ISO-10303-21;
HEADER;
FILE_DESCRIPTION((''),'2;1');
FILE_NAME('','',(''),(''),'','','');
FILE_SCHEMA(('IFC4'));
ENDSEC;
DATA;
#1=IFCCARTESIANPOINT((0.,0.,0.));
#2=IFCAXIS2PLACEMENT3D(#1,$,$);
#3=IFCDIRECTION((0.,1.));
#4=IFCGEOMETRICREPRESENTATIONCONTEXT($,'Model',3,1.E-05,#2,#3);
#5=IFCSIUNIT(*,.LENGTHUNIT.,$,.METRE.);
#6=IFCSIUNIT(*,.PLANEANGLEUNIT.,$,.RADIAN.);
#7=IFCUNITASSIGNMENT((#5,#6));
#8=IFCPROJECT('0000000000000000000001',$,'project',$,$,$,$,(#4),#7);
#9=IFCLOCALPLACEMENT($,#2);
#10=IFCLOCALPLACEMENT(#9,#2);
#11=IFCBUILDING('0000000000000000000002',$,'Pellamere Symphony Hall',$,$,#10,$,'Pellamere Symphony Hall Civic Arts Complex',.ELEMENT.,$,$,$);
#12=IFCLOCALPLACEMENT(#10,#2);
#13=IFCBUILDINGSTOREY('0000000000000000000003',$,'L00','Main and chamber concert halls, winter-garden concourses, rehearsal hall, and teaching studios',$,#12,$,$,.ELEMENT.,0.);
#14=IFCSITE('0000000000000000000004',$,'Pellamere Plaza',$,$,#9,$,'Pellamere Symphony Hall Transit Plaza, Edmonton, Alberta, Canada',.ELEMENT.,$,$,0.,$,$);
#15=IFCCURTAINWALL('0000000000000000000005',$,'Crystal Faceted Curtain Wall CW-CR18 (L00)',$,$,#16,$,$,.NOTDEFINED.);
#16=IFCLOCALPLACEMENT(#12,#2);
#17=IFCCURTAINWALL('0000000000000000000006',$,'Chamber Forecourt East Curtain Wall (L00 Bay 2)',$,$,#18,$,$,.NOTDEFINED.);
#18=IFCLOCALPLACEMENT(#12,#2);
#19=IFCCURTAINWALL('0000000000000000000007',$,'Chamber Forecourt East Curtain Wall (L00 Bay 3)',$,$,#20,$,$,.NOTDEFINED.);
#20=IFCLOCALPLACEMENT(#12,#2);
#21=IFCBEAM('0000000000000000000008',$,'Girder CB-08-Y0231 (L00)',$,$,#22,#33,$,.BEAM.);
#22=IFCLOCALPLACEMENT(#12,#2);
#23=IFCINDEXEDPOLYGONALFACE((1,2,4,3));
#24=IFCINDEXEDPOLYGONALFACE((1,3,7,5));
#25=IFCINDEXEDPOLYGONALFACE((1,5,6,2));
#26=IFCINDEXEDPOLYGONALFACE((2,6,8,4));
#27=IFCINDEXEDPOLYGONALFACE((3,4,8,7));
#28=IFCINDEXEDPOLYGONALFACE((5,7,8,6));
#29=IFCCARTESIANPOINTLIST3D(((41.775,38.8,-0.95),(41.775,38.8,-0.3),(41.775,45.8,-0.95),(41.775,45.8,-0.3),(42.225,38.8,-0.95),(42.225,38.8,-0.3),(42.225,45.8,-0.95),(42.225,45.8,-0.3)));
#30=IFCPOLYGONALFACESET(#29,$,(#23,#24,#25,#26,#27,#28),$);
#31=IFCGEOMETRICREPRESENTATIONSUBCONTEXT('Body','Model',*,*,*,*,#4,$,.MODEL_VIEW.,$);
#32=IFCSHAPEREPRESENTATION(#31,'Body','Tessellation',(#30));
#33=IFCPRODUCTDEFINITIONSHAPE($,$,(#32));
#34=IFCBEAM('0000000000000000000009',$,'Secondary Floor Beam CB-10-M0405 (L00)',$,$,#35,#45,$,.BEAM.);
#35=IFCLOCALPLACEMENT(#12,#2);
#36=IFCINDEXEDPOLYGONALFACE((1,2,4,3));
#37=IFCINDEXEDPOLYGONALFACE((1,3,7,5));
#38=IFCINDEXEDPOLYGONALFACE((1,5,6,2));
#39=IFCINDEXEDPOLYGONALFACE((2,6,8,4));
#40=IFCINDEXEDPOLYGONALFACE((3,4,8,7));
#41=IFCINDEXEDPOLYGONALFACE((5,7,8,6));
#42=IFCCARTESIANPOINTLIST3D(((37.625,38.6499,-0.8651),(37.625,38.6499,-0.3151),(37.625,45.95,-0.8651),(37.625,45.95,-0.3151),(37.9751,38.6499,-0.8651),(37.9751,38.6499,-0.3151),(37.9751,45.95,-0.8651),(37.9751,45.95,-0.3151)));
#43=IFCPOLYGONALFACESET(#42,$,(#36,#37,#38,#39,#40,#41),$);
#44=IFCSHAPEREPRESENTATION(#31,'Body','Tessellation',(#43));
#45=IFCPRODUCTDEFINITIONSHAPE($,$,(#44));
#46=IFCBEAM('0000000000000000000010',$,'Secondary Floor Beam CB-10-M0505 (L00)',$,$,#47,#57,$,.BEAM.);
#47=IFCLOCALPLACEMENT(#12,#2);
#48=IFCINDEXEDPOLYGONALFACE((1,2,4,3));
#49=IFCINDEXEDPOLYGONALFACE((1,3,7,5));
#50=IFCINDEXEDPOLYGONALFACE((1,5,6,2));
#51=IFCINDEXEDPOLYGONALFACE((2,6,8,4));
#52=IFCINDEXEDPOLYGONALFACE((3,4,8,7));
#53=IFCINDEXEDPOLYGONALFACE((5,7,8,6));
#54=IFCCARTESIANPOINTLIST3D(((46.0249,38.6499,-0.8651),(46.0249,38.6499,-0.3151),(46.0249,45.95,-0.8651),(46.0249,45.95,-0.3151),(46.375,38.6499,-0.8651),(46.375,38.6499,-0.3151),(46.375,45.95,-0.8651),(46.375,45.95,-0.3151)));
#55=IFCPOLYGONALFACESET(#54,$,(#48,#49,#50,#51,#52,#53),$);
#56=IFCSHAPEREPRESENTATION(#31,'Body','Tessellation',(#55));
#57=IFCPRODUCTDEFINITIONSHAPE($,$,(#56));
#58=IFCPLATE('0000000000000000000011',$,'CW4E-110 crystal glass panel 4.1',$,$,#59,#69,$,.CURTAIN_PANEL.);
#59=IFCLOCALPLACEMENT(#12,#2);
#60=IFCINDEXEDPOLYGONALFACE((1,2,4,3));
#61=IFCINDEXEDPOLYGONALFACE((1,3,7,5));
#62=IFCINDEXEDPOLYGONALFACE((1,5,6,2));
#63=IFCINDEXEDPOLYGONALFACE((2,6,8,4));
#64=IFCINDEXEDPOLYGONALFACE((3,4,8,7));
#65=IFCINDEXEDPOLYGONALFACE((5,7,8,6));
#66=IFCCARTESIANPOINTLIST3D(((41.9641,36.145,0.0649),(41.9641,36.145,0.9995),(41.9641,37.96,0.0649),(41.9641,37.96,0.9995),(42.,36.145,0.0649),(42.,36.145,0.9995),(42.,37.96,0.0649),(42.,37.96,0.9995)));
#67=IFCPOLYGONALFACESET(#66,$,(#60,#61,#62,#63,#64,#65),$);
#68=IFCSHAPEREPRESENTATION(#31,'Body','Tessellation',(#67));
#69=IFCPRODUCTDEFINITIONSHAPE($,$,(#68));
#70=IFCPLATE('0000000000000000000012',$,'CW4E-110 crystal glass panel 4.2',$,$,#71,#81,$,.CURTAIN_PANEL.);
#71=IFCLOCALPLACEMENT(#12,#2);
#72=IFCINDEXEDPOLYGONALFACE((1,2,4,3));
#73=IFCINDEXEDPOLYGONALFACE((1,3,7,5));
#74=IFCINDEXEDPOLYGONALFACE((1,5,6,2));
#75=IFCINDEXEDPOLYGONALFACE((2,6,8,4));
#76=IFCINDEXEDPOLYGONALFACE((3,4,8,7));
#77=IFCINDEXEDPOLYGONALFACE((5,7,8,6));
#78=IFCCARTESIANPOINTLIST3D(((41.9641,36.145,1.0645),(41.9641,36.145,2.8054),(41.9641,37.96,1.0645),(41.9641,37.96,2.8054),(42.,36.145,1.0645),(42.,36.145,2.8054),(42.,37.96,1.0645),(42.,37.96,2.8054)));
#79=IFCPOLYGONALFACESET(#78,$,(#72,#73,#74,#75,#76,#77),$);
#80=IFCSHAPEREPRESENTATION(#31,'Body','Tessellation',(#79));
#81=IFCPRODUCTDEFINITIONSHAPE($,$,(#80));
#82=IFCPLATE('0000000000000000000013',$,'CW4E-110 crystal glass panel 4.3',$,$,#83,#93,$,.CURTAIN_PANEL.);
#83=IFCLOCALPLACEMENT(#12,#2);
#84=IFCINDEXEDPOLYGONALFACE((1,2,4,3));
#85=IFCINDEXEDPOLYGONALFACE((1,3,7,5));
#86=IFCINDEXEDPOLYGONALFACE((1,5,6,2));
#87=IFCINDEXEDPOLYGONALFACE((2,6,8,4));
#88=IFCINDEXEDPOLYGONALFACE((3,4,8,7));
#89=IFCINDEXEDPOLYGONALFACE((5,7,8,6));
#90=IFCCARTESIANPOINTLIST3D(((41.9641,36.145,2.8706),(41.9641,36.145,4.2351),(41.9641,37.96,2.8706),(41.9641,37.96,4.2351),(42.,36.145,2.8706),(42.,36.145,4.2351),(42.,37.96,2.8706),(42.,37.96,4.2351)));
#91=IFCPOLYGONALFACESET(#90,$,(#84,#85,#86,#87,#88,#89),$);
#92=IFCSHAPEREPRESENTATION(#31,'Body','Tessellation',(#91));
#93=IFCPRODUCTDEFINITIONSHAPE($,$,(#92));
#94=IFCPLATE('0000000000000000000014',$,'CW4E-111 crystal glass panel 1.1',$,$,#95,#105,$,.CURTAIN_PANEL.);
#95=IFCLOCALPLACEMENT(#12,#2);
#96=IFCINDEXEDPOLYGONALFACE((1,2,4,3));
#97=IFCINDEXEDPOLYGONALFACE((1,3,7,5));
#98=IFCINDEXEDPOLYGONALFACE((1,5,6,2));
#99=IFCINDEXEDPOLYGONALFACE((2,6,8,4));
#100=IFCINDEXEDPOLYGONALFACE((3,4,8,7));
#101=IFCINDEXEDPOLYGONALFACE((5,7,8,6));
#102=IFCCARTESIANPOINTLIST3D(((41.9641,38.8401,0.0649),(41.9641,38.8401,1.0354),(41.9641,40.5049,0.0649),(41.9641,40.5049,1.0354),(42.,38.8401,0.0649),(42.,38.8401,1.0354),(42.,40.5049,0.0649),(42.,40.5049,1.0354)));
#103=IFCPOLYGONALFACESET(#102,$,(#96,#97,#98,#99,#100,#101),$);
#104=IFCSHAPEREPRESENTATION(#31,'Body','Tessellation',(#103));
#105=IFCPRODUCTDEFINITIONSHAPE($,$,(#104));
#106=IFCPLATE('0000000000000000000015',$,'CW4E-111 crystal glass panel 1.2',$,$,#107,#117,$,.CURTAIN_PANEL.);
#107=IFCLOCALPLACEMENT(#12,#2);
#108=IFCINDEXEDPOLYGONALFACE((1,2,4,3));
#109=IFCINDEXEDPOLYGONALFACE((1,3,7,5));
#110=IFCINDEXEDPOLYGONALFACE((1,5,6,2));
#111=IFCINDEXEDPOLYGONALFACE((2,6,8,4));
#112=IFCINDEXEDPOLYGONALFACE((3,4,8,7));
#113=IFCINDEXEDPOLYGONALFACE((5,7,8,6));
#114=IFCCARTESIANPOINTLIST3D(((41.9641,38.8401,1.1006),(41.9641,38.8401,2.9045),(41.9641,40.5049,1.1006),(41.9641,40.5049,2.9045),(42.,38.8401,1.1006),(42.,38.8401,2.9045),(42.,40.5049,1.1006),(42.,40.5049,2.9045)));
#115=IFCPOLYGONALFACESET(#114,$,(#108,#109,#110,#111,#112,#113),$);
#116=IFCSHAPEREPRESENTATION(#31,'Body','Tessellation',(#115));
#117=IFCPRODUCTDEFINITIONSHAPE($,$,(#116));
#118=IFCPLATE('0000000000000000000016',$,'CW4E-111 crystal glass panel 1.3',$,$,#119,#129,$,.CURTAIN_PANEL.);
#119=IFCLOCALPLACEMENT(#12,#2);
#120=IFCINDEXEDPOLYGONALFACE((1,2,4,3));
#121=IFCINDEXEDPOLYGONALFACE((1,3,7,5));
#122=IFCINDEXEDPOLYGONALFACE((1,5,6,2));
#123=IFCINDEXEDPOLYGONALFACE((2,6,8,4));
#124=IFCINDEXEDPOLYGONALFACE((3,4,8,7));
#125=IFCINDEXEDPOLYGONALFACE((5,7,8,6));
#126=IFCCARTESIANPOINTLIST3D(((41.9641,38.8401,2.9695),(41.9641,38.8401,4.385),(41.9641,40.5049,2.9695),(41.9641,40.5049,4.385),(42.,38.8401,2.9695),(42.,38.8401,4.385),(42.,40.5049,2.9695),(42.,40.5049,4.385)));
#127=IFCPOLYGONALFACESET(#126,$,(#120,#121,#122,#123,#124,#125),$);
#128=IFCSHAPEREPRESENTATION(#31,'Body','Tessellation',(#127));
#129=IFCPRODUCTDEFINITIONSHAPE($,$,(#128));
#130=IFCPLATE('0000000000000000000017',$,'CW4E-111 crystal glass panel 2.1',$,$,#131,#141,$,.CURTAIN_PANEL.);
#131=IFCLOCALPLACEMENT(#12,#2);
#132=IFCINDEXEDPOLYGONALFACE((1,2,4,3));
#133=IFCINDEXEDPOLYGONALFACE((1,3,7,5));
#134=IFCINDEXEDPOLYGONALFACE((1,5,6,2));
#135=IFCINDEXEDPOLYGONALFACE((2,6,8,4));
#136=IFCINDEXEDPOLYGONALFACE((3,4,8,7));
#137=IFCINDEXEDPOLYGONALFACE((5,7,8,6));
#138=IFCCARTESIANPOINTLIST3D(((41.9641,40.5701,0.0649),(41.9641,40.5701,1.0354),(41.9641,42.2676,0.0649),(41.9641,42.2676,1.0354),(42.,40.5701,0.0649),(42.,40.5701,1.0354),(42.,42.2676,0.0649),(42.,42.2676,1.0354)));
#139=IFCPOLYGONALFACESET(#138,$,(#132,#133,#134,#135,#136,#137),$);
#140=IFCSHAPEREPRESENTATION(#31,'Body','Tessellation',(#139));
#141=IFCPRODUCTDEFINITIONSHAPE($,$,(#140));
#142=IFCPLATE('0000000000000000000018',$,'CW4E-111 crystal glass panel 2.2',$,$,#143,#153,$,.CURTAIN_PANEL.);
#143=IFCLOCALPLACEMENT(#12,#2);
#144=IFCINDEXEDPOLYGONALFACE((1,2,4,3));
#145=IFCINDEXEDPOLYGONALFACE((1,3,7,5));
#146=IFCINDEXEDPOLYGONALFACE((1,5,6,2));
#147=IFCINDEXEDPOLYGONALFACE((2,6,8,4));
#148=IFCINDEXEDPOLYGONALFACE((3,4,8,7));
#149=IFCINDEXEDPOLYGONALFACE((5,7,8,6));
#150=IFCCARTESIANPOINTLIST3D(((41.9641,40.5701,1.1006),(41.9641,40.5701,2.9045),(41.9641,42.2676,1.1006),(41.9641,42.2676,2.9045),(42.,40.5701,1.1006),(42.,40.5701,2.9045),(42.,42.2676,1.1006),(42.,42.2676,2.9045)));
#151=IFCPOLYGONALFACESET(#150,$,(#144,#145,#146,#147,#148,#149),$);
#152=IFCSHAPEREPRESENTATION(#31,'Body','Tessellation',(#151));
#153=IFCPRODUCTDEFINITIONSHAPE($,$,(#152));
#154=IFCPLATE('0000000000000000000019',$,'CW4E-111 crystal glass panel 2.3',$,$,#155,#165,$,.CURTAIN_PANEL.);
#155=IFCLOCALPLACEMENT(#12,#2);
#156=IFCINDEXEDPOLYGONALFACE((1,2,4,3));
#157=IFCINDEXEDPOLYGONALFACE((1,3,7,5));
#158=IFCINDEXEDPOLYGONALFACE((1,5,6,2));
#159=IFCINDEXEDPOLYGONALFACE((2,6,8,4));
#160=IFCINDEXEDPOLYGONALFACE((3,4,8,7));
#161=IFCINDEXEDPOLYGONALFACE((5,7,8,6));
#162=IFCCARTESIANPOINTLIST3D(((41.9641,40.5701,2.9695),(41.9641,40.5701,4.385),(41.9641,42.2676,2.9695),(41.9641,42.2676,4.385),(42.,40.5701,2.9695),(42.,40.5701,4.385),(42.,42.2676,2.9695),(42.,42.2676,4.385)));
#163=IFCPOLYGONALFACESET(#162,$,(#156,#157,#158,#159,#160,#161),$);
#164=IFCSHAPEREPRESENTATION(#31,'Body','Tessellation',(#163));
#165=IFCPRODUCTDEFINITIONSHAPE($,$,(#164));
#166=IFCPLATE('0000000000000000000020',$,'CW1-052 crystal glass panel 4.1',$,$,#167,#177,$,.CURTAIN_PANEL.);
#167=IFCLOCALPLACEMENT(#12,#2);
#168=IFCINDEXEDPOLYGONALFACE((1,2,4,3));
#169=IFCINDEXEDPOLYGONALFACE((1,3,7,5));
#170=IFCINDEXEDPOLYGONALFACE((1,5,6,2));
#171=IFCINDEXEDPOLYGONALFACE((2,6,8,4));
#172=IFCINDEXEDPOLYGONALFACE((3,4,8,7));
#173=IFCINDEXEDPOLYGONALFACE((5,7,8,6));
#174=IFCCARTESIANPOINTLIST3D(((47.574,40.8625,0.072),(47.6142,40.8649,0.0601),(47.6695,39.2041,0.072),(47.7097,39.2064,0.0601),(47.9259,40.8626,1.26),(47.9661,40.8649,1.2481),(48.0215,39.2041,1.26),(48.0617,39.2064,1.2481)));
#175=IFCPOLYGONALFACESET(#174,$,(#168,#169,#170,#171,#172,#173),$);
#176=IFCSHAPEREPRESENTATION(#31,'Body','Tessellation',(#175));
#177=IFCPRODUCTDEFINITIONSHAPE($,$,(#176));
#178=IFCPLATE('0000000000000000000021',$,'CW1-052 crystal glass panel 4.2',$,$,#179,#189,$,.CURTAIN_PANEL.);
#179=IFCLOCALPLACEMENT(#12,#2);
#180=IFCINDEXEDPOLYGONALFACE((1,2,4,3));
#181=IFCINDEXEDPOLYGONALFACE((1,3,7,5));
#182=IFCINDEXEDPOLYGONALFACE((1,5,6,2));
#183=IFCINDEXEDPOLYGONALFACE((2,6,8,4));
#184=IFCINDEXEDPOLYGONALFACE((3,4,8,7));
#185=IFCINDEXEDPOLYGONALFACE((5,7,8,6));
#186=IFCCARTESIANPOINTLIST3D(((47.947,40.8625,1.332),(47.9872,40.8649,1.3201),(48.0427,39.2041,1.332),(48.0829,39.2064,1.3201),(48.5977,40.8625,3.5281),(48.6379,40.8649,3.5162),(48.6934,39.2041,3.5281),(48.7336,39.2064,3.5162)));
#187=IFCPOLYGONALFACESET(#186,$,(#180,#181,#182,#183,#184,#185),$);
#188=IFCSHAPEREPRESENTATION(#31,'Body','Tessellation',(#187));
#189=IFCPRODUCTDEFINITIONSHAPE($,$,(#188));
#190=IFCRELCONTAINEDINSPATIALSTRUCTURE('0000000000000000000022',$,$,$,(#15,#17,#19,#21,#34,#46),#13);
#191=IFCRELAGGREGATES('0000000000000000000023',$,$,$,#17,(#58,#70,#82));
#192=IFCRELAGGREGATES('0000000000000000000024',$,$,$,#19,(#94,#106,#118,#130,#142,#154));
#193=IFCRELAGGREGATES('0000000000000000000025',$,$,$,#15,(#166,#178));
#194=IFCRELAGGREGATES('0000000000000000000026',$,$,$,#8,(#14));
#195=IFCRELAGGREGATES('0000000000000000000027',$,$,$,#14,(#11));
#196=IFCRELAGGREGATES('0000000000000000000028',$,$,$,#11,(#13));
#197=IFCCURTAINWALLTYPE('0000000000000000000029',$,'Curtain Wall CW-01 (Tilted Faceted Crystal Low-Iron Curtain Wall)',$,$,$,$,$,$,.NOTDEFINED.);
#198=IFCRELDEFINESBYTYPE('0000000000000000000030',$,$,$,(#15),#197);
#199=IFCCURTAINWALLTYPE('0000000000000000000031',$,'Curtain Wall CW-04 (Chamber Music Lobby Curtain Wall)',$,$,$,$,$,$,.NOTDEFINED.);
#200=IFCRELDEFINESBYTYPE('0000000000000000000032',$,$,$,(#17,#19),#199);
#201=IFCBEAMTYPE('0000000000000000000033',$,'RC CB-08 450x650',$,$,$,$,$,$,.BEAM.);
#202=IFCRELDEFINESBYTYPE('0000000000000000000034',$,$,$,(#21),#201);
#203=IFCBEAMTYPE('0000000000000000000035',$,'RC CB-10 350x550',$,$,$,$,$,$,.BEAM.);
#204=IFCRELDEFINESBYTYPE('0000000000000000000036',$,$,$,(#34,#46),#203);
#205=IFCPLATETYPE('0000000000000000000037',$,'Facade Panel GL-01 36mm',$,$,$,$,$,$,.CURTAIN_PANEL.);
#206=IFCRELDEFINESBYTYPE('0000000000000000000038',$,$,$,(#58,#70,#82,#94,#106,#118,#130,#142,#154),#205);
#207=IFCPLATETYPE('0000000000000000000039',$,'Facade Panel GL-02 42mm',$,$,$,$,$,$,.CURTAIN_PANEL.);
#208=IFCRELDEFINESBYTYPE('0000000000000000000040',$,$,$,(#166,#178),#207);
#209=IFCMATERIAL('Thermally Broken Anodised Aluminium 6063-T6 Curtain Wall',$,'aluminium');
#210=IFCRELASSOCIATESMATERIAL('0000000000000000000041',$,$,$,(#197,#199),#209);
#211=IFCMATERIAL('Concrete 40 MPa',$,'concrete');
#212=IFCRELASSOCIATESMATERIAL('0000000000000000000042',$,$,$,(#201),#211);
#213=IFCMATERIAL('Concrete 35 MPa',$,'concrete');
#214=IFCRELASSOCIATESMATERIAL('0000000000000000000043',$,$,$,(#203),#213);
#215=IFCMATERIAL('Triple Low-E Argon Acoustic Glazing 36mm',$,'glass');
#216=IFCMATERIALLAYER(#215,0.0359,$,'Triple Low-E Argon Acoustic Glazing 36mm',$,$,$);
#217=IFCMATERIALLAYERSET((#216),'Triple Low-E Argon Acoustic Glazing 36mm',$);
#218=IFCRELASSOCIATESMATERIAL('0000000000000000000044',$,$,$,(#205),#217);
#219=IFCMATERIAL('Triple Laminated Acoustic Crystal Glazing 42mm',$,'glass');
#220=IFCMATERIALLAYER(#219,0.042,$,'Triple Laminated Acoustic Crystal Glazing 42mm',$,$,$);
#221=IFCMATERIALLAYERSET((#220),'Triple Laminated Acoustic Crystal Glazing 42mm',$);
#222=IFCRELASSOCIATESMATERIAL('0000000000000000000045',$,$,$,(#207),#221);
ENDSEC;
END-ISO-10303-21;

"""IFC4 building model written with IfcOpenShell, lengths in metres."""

from ifc_helpers import new_model, si_unit, direction, frame, origin, origin_2d, place, context, subcontext, project, spatial, polyline, rectangle, outline, extrude, material, layer, layer_set, material_profile, profile_set, type_object, element, aggregate, save


model = new_model("IFC4")

# Units and contexts
model_context = context("Model", 3, precision=1e-05, world=origin(), true_north=direction((0.0, 1.0)))
body_context = subcontext(model_context, "Body", "Model", "MODEL_VIEW")
ifc_project = project(units=[si_unit("LENGTHUNIT", "METRE"), si_unit("PLANEANGLEUNIT", "RADIAN")], contexts=[model_context])

# Site, building, storey
site_placement = place(None, origin())
site = spatial("IfcSite", under=ifc_project, at=site_placement, Name="Pellamere Plaza", LongName="Pellamere Symphony Hall Transit Plaza, Edmonton, Alberta, Canada", CompositionType="ELEMENT", RefElevation=0.0)
building_placement = place(site_placement, origin())
building = spatial("IfcBuilding", under=site, at=building_placement, Name="Pellamere Symphony Hall", LongName="Pellamere Symphony Hall Civic Arts Complex", CompositionType="ELEMENT")
storey_placement = place(building_placement, origin())
storey = spatial("IfcBuildingStorey", under=building, at=storey_placement, Name="L00", Description="Main and chamber concert halls, winter-garden concourses, rehearsal hall, and teaching studios", CompositionType="ELEMENT", Elevation=0.0)

# Shared definitions
ifc_material_1 = material(Name="Concrete 40 MPa", Category="concrete")

# Curtain wall
ifc_material_2 = material(Name="Thermally Broken Anodised Aluminium 6063-T6 Curtain Wall", Category="aluminium")
curtain_wall_type_1 = type_object("IfcCurtainWallType", Name="Curtain Wall CW-01 (Tilted Faceted Crystal Low-Iron Curtain Wall)", PredefinedType="NOTDEFINED", material=ifc_material_2)
curtain_wall_1_placement = place(storey_placement, origin())
curtain_wall_1 = element("IfcCurtainWall", 1, at=curtain_wall_1_placement, inside=storey, type_object=curtain_wall_type_1, Name="Crystal Faceted Curtain Wall CW-CR18 (L00)", PredefinedType="NOTDEFINED")

# Curtain wall
curtain_wall_type_2 = type_object("IfcCurtainWallType", Name="Curtain Wall CW-04 (Chamber Music Lobby Curtain Wall)", PredefinedType="NOTDEFINED", material=ifc_material_2)
curtain_wall_2_placement = place(storey_placement, origin())
curtain_wall_2 = element("IfcCurtainWall", 2, at=curtain_wall_2_placement, inside=storey, type_object=curtain_wall_type_2, Name="Chamber Forecourt East Curtain Wall (L00 Bay 2)", PredefinedType="NOTDEFINED")

# Curtain wall
curtain_wall_3_placement = place(storey_placement, origin())
curtain_wall_3 = element("IfcCurtainWall", 3, at=curtain_wall_3_placement, inside=storey, type_object=curtain_wall_type_2, Name="Chamber Forecourt East Curtain Wall (L00 Bay 3)", PredefinedType="NOTDEFINED")

# Beams
ifc_material_profile_1 = material_profile(ifc_material_1, rectangle(XDim=0.45, YDim=0.6499, at=origin_2d()), Name="RC 450x650")
ifc_profile_set_1 = profile_set([ifc_material_profile_1], Name="Concrete 40 MPa")
beam_type_1 = type_object("IfcBeamType", Name="RC CB-08 450x650", PredefinedType="BEAM", material=ifc_profile_set_1)
beam_1_placement = place(storey_placement, frame((42.0, 38.8, -0.625), z_axis=(0.0, 1.0, 0.0), x_axis=(-1.0, 0.0, 0.0)))
element("IfcBeam", 4, at=beam_1_placement, inside=storey, type_object=beam_type_1, Name="Girder CB-08-Y0231 (L00)", PredefinedType="BEAM", context=body_context, shape_type="SweptSolid", body=[
    extrude(rectangle(XDim=0.45, YDim=0.6499, at=origin_2d()), origin(), (0.0, 0.0, 1.0), 7.0),
])
ifc_material_3 = material(Name="Concrete 35 MPa", Category="concrete")
ifc_material_profile_2 = material_profile(ifc_material_3, rectangle(XDim=0.3501, YDim=0.55, at=origin_2d()), Name="RC 350x550")
ifc_profile_set_2 = profile_set([ifc_material_profile_2], Name="Concrete 35 MPa")
beam_type_2 = type_object("IfcBeamType", Name="RC CB-10 350x550", PredefinedType="BEAM", material=ifc_profile_set_2)
for number, where, z_axis, x_axis, name in (
    (5, (37.8, 38.6499, -0.5901), (0.0, 1.0, 0.0), (-1.0, 0.0, 0.0), "Secondary Floor Beam CB-10-M0405 (L00)"),
    (6, (46.2, 38.6499, -0.5901), (0.0, 1.0, 0.0), (-1.0, 0.0, 0.0), "Secondary Floor Beam CB-10-M0505 (L00)"),
):
    element("IfcBeam", number, at=place(storey_placement, frame(where, z_axis=z_axis, x_axis=x_axis)), inside=storey, type_object=beam_type_2, Name=name, PredefinedType="BEAM", context=body_context, shape_type="SweptSolid", body=[
        extrude(rectangle(XDim=0.3501, YDim=0.55, at=origin_2d()), origin(), (0.0, 0.0, 1.0), 7.3),
    ])

# Plates
ifc_material_4 = material(Name="Triple Low-E Argon Acoustic Glazing 36mm", Category="glass")
ifc_layer_1 = layer(ifc_material_4, 0.0359, Name="Triple Low-E Argon Acoustic Glazing 36mm")
ifc_layer_set_1 = layer_set([ifc_layer_1], Name="Triple Low-E Argon Acoustic Glazing 36mm")
plate_type_1 = type_object("IfcPlateType", Name="Facade Panel GL-01 36mm", PredefinedType="CURTAIN_PANEL", material=ifc_layer_set_1)
plate_1_placement = place(storey_placement, frame((42.0, 36.145, 0.0649), z_axis=(1.0, 0.0, 0.0), x_axis=(0.0, 1.0, 0.0)))
plate_1 = element("IfcPlate", 7, at=plate_1_placement, type_object=plate_type_1, Name="CW4E-110 crystal glass panel 4.1", PredefinedType="CURTAIN_PANEL", context=body_context, shape_type="SweptSolid", body=[
    extrude(outline(polyline([(0.0, 0.0), (1.8149, 0.0), (1.8149, 0.9346), (0.0, 0.9346), (0.0, 0.0)])), origin(), (0.0, 0.0, -1.0), 0.0359),
])
plate_2_placement = place(storey_placement, frame((42.0, 36.145, 1.0645), z_axis=(1.0, 0.0, 0.0), x_axis=(0.0, 1.0, 0.0)))
plate_2 = element("IfcPlate", 8, at=plate_2_placement, type_object=plate_type_1, Name="CW4E-110 crystal glass panel 4.2", PredefinedType="CURTAIN_PANEL", context=body_context, shape_type="SweptSolid", body=[
    extrude(outline(polyline([(0.0, 0.0), (1.8149, 0.0), (1.8149, 1.741), (0.0, 1.741), (0.0, 0.0)])), origin(), (0.0, 0.0, -1.0), 0.0359),
])
plate_3_placement = place(storey_placement, frame((42.0, 36.145, 2.8706), z_axis=(1.0, 0.0, 0.0), x_axis=(0.0, 1.0, 0.0)))
plate_3 = element("IfcPlate", 9, at=plate_3_placement, type_object=plate_type_1, Name="CW4E-110 crystal glass panel 4.3", PredefinedType="CURTAIN_PANEL", context=body_context, shape_type="SweptSolid", body=[
    extrude(outline(polyline([(0.0, 0.0), (1.8149, 0.0), (1.8149, 1.3645), (0.0, 1.3645), (0.0, 0.0)])), origin(), (0.0, 0.0, -1.0), 0.0359),
])
aggregate(curtain_wall_2, [plate_1, plate_2, plate_3])
plate_4_placement = place(storey_placement, frame((42.0, 38.8401, 0.0649), z_axis=(1.0, 0.0, 0.0), x_axis=(0.0, 1.0, 0.0)))
plate_4 = element("IfcPlate", 10, at=plate_4_placement, type_object=plate_type_1, Name="CW4E-111 crystal glass panel 1.1", PredefinedType="CURTAIN_PANEL", context=body_context, shape_type="SweptSolid", body=[
    extrude(outline(polyline([(0.0, 0.0), (1.6648, 0.0), (1.6648, 0.9705), (0.0, 0.9705), (0.0, 0.0)])), origin(), (0.0, 0.0, -1.0), 0.0359),
])
plate_5_placement = place(storey_placement, frame((42.0, 38.8401, 1.1006), z_axis=(1.0, 0.0, 0.0), x_axis=(0.0, 1.0, 0.0)))
plate_5 = element("IfcPlate", 11, at=plate_5_placement, type_object=plate_type_1, Name="CW4E-111 crystal glass panel 1.2", PredefinedType="CURTAIN_PANEL", context=body_context, shape_type="SweptSolid", body=[
    extrude(outline(polyline([(0.0, 0.0), (1.6648, 0.0), (1.6648, 1.804), (0.0, 1.804), (0.0, 0.0)])), origin(), (0.0, 0.0, -1.0), 0.0359),
])
plate_6_placement = place(storey_placement, frame((42.0, 38.8401, 2.9695), z_axis=(1.0, 0.0, 0.0), x_axis=(0.0, 1.0, 0.0)))
plate_6 = element("IfcPlate", 12, at=plate_6_placement, type_object=plate_type_1, Name="CW4E-111 crystal glass panel 1.3", PredefinedType="CURTAIN_PANEL", context=body_context, shape_type="SweptSolid", body=[
    extrude(outline(polyline([(0.0, 0.0), (1.6648, 0.0), (1.6648, 1.4155), (0.0, 1.4155), (0.0, 0.0)])), origin(), (0.0, 0.0, -1.0), 0.0359),
])
plate_7_placement = place(storey_placement, frame((42.0, 40.5701, 0.0649), z_axis=(1.0, 0.0, 0.0), x_axis=(0.0, 1.0, 0.0)))
plate_7 = element("IfcPlate", 13, at=plate_7_placement, type_object=plate_type_1, Name="CW4E-111 crystal glass panel 2.1", PredefinedType="CURTAIN_PANEL", context=body_context, shape_type="SweptSolid", body=[
    extrude(outline(polyline([(0.0, 0.0), (1.6975, 0.0), (1.6975, 0.9705), (0.0, 0.9705), (0.0, 0.0)])), origin(), (0.0, 0.0, -1.0), 0.0359),
])
plate_8_placement = place(storey_placement, frame((42.0, 40.5701, 1.1006), z_axis=(1.0, 0.0, 0.0), x_axis=(0.0, 1.0, 0.0)))
plate_8 = element("IfcPlate", 14, at=plate_8_placement, type_object=plate_type_1, Name="CW4E-111 crystal glass panel 2.2", PredefinedType="CURTAIN_PANEL", context=body_context, shape_type="SweptSolid", body=[
    extrude(outline(polyline([(0.0, 0.0), (1.6975, 0.0), (1.6975, 1.804), (0.0, 1.804), (0.0, 0.0)])), origin(), (0.0, 0.0, -1.0), 0.0359),
])
plate_9_placement = place(storey_placement, frame((42.0, 40.5701, 2.9695), z_axis=(1.0, 0.0, 0.0), x_axis=(0.0, 1.0, 0.0)))
plate_9 = element("IfcPlate", 15, at=plate_9_placement, type_object=plate_type_1, Name="CW4E-111 crystal glass panel 2.3", PredefinedType="CURTAIN_PANEL", context=body_context, shape_type="SweptSolid", body=[
    extrude(outline(polyline([(0.0, 0.0), (1.6975, 0.0), (1.6975, 1.4155), (0.0, 1.4155), (0.0, 0.0)])), origin(), (0.0, 0.0, -1.0), 0.0359),
])
aggregate(curtain_wall_3, [plate_4, plate_5, plate_6, plate_7, plate_8, plate_9])
ifc_material_5 = material(Name="Triple Laminated Acoustic Crystal Glazing 42mm", Category="glass")
ifc_layer_2 = layer(ifc_material_5, 0.042, Name="Triple Laminated Acoustic Crystal Glazing 42mm")
ifc_layer_set_2 = layer_set([ifc_layer_2], Name="Triple Laminated Acoustic Crystal Glazing 42mm")
plate_type_2 = type_object("IfcPlateType", Name="Facade Panel GL-02 42mm", PredefinedType="CURTAIN_PANEL", material=ifc_layer_set_2)
plate_10_placement = place(storey_placement, frame((47.574, 40.8625, 0.072), z_axis=(-0.957352, -0.055175, 0.283605), x_axis=(0.057531, -0.998344, -0.00002)))
plate_10 = element("IfcPlate", 16, at=plate_10_placement, type_object=plate_type_2, Name="CW1-052 crystal glass panel 4.1", PredefinedType="CURTAIN_PANEL", context=body_context, shape_type="SweptSolid", body=[
    extrude(outline(polyline([(0.0, 0.0), (1.6612, 0.0), (1.6814, 1.2389), (0.0202, 1.2388), (0.0, 0.0)])), origin(), (0.0, 0.0, -1.0), 0.042),
])
plate_11_placement = place(storey_placement, frame((47.947, 40.8625, 1.332), z_axis=(-0.957339, -0.055245, 0.283636), x_axis=(0.057611, -0.998339, 0.0)))
plate_11 = element("IfcPlate", 17, at=plate_11_placement, type_object=plate_type_2, Name="CW1-052 crystal glass panel 4.2", PredefinedType="CURTAIN_PANEL", context=body_context, shape_type="SweptSolid", body=[
    extrude(outline(polyline([(0.0, 0.0), (1.6612, 0.0), (1.6987, 2.2901), (0.0375, 2.2901), (0.0, 0.0)])), origin(), (0.0, 0.0, -1.0), 0.042),
])
aggregate(curtain_wall_1, [plate_10, plate_11])

save(model, "model.ifc")
